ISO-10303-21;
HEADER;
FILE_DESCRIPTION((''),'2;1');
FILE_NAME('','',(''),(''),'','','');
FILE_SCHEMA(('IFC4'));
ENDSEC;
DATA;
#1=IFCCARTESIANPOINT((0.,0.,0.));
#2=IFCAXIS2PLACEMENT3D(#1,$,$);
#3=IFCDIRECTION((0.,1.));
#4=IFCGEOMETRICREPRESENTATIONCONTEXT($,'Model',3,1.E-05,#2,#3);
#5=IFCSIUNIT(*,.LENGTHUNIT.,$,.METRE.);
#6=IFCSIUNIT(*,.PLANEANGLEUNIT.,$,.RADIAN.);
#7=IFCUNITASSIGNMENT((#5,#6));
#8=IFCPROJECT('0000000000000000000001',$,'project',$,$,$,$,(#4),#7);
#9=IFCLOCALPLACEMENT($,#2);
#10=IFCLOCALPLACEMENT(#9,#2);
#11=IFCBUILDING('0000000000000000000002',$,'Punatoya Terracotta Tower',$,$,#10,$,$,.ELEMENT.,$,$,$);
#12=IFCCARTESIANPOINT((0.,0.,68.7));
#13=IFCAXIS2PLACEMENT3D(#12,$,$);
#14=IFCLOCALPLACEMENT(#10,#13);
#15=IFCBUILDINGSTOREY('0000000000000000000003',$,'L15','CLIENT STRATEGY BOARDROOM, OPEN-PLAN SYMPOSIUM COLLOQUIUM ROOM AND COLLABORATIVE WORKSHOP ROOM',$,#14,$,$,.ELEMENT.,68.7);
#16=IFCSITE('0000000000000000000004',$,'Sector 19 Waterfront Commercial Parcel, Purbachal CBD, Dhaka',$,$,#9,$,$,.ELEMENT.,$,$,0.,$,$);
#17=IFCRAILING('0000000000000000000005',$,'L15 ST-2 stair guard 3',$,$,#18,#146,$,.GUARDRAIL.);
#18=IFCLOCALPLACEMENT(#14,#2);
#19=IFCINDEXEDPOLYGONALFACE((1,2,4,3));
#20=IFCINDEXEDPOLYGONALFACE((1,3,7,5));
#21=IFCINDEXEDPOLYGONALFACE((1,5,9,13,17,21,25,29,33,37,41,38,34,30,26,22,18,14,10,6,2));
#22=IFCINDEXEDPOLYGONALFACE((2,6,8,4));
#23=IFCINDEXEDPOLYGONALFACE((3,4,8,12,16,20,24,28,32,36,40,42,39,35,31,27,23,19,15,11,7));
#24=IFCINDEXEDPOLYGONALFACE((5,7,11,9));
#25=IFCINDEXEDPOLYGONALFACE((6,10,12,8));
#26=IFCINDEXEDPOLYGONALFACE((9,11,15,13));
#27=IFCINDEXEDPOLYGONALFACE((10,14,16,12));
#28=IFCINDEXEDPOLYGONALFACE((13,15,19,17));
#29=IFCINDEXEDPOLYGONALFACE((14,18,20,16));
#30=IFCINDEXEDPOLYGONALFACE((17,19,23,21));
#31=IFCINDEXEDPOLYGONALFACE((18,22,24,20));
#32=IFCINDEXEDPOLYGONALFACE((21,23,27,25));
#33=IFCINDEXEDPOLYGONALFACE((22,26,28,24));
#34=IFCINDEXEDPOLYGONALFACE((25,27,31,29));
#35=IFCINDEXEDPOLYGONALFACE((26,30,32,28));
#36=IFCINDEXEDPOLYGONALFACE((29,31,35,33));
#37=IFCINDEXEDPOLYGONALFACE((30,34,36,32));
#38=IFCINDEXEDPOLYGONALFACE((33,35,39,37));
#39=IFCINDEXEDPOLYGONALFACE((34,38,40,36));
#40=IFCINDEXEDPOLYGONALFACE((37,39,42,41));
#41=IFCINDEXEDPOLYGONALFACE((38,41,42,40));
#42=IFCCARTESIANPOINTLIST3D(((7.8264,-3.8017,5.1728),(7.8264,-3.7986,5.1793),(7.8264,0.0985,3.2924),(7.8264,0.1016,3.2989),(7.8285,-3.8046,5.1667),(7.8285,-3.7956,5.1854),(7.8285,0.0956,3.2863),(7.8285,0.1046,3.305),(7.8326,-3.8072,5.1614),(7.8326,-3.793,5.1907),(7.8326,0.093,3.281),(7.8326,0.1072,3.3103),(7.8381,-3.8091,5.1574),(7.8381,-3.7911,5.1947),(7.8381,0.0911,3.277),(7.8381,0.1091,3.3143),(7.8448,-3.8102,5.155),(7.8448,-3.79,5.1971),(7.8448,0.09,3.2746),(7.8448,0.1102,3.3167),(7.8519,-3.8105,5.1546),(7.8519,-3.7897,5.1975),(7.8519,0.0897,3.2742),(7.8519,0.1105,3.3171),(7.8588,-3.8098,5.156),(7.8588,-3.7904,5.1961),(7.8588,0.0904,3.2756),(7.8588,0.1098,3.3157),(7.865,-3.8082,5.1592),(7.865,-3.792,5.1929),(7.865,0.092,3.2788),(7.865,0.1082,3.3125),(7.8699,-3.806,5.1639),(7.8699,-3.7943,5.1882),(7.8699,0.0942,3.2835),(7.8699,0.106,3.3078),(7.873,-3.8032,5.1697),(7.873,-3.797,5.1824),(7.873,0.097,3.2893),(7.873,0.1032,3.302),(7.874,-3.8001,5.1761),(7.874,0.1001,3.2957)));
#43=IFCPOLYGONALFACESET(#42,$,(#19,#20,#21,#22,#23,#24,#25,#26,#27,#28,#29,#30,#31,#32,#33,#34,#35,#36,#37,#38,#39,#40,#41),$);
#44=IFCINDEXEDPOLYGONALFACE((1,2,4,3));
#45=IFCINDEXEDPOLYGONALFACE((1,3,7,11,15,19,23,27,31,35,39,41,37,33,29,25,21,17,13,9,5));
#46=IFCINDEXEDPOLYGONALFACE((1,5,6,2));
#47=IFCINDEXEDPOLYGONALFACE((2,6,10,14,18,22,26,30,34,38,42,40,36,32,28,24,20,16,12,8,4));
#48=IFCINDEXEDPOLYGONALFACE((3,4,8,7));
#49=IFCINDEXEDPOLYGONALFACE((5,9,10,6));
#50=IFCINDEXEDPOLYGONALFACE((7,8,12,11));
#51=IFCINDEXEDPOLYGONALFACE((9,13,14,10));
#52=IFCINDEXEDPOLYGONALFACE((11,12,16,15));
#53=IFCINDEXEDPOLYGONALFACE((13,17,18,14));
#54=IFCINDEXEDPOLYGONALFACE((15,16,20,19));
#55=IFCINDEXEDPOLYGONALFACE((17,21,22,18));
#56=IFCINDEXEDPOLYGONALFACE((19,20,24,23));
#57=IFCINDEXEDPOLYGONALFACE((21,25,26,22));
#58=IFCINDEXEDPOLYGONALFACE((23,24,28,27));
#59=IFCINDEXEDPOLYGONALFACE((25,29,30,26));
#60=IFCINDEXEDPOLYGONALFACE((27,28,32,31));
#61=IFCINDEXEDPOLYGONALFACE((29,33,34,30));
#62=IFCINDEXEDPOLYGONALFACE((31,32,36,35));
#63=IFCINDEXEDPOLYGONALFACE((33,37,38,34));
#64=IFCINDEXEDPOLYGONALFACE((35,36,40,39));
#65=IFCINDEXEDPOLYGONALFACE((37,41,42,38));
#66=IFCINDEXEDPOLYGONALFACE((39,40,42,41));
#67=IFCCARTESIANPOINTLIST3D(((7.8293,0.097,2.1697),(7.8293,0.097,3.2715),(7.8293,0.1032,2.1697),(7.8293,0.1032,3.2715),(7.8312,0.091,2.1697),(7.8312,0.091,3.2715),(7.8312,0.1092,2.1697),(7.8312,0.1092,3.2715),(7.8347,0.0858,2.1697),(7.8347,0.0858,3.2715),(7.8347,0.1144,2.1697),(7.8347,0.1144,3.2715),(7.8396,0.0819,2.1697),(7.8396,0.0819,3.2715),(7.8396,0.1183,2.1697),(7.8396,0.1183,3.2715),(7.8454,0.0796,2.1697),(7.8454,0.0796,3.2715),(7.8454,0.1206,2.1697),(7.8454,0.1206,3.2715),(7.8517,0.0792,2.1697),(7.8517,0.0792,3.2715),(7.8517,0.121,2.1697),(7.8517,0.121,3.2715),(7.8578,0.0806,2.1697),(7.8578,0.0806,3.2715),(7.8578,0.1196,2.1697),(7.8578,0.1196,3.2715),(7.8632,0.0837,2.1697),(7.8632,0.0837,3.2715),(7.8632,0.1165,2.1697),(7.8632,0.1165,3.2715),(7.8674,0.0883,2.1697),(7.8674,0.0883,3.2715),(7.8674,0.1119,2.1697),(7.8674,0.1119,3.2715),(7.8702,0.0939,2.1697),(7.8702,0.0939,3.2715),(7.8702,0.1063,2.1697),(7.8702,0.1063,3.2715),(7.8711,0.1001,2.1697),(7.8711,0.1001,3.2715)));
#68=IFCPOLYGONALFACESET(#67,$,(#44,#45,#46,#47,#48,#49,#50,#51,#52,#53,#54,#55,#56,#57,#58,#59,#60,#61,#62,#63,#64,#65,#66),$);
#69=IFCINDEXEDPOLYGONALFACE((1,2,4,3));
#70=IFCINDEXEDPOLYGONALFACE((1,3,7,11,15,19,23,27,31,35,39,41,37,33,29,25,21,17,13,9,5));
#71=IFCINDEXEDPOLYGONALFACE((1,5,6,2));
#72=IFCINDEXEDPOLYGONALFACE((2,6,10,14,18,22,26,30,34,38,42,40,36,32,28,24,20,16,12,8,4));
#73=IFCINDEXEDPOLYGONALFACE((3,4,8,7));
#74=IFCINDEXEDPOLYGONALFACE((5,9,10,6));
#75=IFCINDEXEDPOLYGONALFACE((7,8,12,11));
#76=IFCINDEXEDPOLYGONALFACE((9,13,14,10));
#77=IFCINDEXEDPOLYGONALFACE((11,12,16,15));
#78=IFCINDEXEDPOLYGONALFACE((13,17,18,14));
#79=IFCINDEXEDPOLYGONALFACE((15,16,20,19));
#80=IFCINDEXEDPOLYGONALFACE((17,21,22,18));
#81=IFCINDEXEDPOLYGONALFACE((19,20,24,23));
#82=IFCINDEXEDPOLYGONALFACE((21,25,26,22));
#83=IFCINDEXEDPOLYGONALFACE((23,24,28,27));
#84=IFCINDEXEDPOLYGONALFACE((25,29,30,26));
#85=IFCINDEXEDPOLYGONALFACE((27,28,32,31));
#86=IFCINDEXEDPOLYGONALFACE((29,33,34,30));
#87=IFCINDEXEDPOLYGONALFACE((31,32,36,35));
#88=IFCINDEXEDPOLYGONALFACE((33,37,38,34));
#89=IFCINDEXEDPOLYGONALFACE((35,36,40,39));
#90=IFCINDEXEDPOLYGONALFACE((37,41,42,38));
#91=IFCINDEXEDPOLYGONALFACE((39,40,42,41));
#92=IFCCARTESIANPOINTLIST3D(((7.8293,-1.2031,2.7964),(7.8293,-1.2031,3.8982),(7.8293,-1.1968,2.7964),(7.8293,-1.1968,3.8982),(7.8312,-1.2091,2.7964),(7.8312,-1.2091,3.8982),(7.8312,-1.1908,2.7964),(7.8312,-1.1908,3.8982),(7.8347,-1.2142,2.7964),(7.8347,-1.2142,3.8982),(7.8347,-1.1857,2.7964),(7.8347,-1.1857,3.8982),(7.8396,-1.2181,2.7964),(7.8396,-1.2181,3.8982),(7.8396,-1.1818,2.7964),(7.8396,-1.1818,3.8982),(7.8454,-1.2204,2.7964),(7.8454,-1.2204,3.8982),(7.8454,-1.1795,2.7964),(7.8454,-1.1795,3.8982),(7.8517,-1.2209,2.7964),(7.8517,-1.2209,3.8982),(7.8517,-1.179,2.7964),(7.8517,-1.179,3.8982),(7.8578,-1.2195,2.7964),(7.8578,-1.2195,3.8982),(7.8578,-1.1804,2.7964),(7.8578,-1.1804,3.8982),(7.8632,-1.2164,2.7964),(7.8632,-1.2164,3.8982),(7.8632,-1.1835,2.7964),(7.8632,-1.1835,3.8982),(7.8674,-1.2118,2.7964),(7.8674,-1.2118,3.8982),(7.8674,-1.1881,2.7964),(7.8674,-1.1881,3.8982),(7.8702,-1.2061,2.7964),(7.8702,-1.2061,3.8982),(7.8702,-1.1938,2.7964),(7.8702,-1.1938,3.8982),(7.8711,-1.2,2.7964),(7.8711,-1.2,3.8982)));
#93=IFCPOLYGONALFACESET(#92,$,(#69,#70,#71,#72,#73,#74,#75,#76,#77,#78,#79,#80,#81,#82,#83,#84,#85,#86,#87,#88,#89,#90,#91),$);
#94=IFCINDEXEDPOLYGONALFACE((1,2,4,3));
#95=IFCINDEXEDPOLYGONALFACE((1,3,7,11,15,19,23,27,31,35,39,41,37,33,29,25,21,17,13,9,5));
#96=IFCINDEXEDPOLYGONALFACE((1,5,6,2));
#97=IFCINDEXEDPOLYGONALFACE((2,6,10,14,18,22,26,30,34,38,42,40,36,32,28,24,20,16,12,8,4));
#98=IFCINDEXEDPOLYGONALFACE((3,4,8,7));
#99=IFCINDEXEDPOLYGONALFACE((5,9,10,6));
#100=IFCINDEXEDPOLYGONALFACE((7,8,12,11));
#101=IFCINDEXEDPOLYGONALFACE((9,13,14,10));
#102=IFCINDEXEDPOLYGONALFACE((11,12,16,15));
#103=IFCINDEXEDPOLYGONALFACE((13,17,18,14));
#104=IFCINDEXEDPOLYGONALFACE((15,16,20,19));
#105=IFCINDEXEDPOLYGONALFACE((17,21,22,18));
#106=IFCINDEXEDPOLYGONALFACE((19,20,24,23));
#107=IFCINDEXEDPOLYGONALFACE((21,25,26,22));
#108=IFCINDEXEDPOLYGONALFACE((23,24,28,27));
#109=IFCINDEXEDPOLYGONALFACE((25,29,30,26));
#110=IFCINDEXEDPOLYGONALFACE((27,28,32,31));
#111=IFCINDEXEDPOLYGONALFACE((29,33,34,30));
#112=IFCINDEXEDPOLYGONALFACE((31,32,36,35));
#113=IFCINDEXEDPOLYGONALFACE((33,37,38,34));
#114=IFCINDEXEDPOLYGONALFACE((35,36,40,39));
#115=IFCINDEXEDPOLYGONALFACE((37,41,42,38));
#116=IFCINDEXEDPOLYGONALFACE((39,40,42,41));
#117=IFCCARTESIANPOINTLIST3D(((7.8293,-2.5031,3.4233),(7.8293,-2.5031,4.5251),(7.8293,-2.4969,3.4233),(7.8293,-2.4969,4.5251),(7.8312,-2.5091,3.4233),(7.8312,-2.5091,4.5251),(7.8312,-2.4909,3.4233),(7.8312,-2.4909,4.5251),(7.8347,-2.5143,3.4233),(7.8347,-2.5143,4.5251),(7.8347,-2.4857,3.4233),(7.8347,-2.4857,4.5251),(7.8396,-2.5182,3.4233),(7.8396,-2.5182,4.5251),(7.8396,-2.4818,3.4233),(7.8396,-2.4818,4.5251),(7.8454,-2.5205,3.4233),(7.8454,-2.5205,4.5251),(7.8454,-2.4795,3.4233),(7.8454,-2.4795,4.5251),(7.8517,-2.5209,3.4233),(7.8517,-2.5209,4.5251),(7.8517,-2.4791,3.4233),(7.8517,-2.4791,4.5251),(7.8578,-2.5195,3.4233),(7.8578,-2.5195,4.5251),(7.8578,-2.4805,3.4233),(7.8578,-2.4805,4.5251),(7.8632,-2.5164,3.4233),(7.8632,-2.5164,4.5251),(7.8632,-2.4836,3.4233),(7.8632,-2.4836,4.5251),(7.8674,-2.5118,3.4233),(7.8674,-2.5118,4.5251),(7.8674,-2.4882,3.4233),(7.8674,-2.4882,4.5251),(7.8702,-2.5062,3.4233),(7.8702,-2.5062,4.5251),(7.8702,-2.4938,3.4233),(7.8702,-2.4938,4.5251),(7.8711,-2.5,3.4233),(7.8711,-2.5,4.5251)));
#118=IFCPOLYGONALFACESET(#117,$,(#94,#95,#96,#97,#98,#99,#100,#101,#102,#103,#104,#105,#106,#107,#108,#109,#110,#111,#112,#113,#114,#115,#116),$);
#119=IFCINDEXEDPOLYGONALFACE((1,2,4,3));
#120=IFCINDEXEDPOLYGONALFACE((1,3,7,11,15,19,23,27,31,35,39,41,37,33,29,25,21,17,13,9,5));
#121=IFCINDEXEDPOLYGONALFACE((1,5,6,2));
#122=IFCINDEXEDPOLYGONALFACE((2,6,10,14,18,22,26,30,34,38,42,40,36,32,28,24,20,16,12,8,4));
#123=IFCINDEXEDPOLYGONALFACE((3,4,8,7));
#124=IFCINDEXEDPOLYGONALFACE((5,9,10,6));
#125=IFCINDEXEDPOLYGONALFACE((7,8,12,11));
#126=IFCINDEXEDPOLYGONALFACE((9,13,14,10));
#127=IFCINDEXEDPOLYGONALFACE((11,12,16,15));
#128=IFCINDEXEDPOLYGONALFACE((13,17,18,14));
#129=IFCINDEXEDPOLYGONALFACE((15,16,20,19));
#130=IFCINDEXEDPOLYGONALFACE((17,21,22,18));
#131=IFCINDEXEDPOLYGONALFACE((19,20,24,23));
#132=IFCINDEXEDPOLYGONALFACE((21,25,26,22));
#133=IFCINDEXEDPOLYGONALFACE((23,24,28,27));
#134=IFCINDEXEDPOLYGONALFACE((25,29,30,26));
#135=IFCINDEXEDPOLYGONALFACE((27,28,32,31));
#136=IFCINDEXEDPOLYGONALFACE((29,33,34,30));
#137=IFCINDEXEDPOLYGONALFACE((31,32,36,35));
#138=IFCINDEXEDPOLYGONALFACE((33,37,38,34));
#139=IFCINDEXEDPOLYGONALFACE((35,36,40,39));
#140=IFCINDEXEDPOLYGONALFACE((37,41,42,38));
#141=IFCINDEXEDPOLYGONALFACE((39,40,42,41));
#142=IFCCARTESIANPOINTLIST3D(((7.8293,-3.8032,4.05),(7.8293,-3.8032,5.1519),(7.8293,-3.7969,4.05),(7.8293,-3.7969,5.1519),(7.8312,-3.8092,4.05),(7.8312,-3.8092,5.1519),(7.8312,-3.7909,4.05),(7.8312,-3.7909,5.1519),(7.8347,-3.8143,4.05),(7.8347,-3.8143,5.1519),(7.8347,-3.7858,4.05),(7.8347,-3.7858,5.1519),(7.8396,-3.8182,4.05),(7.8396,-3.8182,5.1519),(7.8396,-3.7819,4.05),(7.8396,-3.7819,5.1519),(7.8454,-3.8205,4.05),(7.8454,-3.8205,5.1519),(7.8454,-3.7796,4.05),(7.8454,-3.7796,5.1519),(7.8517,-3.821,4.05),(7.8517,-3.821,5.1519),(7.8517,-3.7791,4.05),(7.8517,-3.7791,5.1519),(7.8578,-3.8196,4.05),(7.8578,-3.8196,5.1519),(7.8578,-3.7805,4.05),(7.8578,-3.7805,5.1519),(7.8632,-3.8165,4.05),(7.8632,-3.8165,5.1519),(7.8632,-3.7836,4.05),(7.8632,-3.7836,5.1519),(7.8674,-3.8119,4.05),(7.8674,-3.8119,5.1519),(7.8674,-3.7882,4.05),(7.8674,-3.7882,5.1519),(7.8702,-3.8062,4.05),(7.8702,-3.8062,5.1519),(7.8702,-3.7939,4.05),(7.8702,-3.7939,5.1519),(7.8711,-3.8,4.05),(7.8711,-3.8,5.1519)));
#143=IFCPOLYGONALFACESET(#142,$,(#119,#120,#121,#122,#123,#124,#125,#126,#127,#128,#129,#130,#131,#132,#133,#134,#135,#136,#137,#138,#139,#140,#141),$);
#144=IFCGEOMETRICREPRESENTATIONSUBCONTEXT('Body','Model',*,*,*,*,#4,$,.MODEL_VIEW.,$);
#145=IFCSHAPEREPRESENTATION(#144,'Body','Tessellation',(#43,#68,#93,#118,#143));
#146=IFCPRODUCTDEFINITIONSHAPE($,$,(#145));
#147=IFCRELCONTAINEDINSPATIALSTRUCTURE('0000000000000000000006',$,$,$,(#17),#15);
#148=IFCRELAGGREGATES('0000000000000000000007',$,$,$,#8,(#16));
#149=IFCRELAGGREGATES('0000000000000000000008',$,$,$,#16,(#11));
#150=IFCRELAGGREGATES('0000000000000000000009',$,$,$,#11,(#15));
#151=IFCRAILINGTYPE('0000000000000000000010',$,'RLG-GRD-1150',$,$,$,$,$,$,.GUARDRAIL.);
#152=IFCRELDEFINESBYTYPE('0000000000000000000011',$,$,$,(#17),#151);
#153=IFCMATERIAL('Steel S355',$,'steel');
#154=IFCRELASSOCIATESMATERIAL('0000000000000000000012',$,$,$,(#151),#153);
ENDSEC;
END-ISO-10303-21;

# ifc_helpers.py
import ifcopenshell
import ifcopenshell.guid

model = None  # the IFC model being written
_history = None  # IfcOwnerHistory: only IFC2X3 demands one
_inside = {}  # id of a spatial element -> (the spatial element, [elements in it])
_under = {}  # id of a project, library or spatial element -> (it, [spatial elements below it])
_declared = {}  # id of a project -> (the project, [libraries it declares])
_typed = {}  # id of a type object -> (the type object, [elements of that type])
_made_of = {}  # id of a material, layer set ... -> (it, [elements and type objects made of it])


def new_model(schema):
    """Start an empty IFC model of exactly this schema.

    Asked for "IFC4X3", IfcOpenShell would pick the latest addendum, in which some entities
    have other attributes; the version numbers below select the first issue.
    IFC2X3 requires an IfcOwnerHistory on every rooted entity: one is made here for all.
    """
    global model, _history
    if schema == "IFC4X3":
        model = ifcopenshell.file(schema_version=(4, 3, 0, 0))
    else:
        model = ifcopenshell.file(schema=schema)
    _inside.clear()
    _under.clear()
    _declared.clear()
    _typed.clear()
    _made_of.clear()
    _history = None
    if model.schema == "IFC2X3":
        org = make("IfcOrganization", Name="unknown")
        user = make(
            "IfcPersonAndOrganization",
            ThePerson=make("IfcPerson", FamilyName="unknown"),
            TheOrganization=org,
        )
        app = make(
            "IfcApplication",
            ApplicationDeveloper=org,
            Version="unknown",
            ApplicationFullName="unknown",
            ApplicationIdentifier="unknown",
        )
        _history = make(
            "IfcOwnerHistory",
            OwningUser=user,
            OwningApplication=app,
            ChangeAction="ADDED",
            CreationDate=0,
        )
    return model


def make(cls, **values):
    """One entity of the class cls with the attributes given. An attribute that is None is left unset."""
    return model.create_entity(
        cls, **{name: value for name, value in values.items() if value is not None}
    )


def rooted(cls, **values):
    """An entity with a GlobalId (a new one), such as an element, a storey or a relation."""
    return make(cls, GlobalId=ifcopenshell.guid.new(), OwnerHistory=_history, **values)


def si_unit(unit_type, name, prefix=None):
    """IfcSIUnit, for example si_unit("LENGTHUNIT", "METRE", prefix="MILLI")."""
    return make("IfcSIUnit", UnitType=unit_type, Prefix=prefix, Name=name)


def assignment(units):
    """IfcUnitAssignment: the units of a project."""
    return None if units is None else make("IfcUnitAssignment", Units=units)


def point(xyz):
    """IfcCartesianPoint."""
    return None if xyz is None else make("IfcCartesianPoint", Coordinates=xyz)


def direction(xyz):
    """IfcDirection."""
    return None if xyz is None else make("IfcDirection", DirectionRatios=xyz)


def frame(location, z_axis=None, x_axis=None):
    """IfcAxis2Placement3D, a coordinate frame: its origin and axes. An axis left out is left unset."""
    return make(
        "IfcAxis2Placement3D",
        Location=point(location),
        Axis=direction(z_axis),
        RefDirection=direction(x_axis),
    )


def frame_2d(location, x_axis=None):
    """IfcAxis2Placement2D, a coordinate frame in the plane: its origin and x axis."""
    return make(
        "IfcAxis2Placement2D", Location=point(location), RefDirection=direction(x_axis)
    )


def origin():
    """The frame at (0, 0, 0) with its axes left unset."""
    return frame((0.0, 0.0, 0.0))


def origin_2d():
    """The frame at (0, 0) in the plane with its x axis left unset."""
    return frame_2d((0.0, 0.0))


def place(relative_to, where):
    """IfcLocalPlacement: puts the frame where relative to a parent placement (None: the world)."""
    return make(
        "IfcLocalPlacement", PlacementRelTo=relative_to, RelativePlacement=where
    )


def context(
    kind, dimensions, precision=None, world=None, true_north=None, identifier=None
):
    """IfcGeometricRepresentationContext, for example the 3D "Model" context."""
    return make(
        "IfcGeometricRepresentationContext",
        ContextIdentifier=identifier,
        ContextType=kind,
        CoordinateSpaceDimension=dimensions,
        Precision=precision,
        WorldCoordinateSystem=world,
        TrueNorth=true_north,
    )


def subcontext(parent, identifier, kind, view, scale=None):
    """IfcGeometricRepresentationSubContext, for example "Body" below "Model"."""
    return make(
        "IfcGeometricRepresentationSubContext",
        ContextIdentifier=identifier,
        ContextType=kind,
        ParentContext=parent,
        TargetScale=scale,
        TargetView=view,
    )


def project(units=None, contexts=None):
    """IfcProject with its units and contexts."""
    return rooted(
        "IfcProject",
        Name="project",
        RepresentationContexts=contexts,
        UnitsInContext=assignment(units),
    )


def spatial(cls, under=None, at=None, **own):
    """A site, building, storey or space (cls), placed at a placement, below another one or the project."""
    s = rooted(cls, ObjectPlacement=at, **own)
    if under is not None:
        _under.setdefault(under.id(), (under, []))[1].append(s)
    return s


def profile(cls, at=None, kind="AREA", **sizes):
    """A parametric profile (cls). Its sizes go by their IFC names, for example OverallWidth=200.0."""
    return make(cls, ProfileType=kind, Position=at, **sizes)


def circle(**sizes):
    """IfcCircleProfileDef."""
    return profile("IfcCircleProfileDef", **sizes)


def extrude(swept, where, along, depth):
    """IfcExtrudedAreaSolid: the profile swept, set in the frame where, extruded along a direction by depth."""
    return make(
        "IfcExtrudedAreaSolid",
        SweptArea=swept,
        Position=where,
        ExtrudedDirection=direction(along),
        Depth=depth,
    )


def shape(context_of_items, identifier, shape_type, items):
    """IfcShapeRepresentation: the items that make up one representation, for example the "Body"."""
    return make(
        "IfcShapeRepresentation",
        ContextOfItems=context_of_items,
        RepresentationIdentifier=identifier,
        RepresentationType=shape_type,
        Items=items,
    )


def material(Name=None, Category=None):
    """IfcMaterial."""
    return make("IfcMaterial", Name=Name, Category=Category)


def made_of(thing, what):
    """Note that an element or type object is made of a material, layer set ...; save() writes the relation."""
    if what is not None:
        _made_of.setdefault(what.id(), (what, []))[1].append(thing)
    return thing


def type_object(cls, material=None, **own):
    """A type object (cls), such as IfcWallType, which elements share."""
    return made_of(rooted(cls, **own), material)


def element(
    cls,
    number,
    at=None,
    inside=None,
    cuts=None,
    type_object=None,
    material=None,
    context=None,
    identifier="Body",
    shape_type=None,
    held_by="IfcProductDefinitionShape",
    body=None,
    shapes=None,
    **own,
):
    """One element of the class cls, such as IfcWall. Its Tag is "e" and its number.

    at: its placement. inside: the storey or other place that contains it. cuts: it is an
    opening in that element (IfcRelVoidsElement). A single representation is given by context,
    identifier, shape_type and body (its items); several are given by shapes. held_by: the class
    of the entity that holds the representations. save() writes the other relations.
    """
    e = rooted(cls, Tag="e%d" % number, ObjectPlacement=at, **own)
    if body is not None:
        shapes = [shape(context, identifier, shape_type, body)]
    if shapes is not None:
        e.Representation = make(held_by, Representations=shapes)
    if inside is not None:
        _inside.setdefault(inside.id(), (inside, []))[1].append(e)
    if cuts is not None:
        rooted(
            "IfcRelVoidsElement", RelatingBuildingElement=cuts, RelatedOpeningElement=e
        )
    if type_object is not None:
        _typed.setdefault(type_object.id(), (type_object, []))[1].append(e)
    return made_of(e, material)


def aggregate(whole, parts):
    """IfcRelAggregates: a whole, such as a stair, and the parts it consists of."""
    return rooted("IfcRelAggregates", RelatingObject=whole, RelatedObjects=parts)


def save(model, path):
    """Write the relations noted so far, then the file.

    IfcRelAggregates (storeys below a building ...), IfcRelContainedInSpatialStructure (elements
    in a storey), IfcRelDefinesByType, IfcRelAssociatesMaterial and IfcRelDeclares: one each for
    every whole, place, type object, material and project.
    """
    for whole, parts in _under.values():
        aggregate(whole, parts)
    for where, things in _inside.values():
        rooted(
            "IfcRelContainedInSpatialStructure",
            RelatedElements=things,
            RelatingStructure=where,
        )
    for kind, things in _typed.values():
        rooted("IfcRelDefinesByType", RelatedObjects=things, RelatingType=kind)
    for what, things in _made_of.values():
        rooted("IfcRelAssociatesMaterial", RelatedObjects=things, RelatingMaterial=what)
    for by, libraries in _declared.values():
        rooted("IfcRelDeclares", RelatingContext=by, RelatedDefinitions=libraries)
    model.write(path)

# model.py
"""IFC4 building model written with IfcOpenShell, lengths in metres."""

from ifc_helpers import new_model, si_unit, direction, frame, origin, origin_2d, place, context, subcontext, project, spatial, circle, extrude, material, type_object, element, save


model = new_model("IFC4")

# Units and contexts
model_context = context("Model", 3, precision=1e-05, world=origin(), true_north=direction((0.0, 1.0)))
body_context = subcontext(model_context, "Body", "Model", "MODEL_VIEW")
ifc_project = project(units=[si_unit("LENGTHUNIT", "METRE"), si_unit("PLANEANGLEUNIT", "RADIAN")], contexts=[model_context])

# Site, building, storey
site_placement = place(None, origin())
site = spatial("IfcSite", under=ifc_project, at=site_placement, Name="Sector 19 Waterfront Commercial Parcel, Purbachal CBD, Dhaka", CompositionType="ELEMENT", RefElevation=0.0)
building_placement = place(site_placement, origin())
building = spatial("IfcBuilding", under=site, at=building_placement, Name="Punatoya Terracotta Tower", CompositionType="ELEMENT")
storey_placement = place(building_placement, frame((0.0, 0.0, 68.7)))
storey = spatial("IfcBuildingStorey", under=building, at=storey_placement, Name="L15", Description="CLIENT STRATEGY BOARDROOM, OPEN-PLAN SYMPOSIUM COLLOQUIUM ROOM AND COLLABORATIVE WORKSHOP ROOM", CompositionType="ELEMENT", Elevation=68.7)

# Shared definitions
ifc_material_1 = material(Name="Steel S355", Category="steel")

# Railing
railing_type_1 = type_object("IfcRailingType", Name="RLG-GRD-1150", PredefinedType="GUARDRAIL", material=ifc_material_1)
railing_1_placement = place(storey_placement, frame((7.8501, 0.1001, 2.1697)))
element("IfcRailing", 1, at=railing_1_placement, inside=storey, type_object=railing_type_1, Name="L15 ST-2 stair guard 3", PredefinedType="GUARDRAIL", context=body_context, shape_type="SweptSolid", body=[
    extrude(circle(Radius=0.0239, at=origin_2d()), frame((0.0, 0.0, 1.126), z_axis=(0.0, -0.900774, 0.434289), x_axis=(1.0, 0.0, 0.0)), (0.0, 0.0, 1.0), 4.3298),
    extrude(circle(Radius=0.021, at=origin_2d()), origin(), (0.0, 0.0, 1.0), 1.1018),
    extrude(circle(Radius=0.021, at=origin_2d()), frame((0.0, -1.3, 0.6267)), (0.0, 0.0, 1.0), 1.1018),
    extrude(circle(Radius=0.021, at=origin_2d()), frame((0.0, -2.6001, 1.2537)), (0.0, 0.0, 1.0), 1.1018),
    extrude(circle(Radius=0.021, at=origin_2d()), frame((0.0, -3.9001, 1.8804)), (0.0, 0.0, 1.0), 1.1018),
])

save(model, "model.ifc")
